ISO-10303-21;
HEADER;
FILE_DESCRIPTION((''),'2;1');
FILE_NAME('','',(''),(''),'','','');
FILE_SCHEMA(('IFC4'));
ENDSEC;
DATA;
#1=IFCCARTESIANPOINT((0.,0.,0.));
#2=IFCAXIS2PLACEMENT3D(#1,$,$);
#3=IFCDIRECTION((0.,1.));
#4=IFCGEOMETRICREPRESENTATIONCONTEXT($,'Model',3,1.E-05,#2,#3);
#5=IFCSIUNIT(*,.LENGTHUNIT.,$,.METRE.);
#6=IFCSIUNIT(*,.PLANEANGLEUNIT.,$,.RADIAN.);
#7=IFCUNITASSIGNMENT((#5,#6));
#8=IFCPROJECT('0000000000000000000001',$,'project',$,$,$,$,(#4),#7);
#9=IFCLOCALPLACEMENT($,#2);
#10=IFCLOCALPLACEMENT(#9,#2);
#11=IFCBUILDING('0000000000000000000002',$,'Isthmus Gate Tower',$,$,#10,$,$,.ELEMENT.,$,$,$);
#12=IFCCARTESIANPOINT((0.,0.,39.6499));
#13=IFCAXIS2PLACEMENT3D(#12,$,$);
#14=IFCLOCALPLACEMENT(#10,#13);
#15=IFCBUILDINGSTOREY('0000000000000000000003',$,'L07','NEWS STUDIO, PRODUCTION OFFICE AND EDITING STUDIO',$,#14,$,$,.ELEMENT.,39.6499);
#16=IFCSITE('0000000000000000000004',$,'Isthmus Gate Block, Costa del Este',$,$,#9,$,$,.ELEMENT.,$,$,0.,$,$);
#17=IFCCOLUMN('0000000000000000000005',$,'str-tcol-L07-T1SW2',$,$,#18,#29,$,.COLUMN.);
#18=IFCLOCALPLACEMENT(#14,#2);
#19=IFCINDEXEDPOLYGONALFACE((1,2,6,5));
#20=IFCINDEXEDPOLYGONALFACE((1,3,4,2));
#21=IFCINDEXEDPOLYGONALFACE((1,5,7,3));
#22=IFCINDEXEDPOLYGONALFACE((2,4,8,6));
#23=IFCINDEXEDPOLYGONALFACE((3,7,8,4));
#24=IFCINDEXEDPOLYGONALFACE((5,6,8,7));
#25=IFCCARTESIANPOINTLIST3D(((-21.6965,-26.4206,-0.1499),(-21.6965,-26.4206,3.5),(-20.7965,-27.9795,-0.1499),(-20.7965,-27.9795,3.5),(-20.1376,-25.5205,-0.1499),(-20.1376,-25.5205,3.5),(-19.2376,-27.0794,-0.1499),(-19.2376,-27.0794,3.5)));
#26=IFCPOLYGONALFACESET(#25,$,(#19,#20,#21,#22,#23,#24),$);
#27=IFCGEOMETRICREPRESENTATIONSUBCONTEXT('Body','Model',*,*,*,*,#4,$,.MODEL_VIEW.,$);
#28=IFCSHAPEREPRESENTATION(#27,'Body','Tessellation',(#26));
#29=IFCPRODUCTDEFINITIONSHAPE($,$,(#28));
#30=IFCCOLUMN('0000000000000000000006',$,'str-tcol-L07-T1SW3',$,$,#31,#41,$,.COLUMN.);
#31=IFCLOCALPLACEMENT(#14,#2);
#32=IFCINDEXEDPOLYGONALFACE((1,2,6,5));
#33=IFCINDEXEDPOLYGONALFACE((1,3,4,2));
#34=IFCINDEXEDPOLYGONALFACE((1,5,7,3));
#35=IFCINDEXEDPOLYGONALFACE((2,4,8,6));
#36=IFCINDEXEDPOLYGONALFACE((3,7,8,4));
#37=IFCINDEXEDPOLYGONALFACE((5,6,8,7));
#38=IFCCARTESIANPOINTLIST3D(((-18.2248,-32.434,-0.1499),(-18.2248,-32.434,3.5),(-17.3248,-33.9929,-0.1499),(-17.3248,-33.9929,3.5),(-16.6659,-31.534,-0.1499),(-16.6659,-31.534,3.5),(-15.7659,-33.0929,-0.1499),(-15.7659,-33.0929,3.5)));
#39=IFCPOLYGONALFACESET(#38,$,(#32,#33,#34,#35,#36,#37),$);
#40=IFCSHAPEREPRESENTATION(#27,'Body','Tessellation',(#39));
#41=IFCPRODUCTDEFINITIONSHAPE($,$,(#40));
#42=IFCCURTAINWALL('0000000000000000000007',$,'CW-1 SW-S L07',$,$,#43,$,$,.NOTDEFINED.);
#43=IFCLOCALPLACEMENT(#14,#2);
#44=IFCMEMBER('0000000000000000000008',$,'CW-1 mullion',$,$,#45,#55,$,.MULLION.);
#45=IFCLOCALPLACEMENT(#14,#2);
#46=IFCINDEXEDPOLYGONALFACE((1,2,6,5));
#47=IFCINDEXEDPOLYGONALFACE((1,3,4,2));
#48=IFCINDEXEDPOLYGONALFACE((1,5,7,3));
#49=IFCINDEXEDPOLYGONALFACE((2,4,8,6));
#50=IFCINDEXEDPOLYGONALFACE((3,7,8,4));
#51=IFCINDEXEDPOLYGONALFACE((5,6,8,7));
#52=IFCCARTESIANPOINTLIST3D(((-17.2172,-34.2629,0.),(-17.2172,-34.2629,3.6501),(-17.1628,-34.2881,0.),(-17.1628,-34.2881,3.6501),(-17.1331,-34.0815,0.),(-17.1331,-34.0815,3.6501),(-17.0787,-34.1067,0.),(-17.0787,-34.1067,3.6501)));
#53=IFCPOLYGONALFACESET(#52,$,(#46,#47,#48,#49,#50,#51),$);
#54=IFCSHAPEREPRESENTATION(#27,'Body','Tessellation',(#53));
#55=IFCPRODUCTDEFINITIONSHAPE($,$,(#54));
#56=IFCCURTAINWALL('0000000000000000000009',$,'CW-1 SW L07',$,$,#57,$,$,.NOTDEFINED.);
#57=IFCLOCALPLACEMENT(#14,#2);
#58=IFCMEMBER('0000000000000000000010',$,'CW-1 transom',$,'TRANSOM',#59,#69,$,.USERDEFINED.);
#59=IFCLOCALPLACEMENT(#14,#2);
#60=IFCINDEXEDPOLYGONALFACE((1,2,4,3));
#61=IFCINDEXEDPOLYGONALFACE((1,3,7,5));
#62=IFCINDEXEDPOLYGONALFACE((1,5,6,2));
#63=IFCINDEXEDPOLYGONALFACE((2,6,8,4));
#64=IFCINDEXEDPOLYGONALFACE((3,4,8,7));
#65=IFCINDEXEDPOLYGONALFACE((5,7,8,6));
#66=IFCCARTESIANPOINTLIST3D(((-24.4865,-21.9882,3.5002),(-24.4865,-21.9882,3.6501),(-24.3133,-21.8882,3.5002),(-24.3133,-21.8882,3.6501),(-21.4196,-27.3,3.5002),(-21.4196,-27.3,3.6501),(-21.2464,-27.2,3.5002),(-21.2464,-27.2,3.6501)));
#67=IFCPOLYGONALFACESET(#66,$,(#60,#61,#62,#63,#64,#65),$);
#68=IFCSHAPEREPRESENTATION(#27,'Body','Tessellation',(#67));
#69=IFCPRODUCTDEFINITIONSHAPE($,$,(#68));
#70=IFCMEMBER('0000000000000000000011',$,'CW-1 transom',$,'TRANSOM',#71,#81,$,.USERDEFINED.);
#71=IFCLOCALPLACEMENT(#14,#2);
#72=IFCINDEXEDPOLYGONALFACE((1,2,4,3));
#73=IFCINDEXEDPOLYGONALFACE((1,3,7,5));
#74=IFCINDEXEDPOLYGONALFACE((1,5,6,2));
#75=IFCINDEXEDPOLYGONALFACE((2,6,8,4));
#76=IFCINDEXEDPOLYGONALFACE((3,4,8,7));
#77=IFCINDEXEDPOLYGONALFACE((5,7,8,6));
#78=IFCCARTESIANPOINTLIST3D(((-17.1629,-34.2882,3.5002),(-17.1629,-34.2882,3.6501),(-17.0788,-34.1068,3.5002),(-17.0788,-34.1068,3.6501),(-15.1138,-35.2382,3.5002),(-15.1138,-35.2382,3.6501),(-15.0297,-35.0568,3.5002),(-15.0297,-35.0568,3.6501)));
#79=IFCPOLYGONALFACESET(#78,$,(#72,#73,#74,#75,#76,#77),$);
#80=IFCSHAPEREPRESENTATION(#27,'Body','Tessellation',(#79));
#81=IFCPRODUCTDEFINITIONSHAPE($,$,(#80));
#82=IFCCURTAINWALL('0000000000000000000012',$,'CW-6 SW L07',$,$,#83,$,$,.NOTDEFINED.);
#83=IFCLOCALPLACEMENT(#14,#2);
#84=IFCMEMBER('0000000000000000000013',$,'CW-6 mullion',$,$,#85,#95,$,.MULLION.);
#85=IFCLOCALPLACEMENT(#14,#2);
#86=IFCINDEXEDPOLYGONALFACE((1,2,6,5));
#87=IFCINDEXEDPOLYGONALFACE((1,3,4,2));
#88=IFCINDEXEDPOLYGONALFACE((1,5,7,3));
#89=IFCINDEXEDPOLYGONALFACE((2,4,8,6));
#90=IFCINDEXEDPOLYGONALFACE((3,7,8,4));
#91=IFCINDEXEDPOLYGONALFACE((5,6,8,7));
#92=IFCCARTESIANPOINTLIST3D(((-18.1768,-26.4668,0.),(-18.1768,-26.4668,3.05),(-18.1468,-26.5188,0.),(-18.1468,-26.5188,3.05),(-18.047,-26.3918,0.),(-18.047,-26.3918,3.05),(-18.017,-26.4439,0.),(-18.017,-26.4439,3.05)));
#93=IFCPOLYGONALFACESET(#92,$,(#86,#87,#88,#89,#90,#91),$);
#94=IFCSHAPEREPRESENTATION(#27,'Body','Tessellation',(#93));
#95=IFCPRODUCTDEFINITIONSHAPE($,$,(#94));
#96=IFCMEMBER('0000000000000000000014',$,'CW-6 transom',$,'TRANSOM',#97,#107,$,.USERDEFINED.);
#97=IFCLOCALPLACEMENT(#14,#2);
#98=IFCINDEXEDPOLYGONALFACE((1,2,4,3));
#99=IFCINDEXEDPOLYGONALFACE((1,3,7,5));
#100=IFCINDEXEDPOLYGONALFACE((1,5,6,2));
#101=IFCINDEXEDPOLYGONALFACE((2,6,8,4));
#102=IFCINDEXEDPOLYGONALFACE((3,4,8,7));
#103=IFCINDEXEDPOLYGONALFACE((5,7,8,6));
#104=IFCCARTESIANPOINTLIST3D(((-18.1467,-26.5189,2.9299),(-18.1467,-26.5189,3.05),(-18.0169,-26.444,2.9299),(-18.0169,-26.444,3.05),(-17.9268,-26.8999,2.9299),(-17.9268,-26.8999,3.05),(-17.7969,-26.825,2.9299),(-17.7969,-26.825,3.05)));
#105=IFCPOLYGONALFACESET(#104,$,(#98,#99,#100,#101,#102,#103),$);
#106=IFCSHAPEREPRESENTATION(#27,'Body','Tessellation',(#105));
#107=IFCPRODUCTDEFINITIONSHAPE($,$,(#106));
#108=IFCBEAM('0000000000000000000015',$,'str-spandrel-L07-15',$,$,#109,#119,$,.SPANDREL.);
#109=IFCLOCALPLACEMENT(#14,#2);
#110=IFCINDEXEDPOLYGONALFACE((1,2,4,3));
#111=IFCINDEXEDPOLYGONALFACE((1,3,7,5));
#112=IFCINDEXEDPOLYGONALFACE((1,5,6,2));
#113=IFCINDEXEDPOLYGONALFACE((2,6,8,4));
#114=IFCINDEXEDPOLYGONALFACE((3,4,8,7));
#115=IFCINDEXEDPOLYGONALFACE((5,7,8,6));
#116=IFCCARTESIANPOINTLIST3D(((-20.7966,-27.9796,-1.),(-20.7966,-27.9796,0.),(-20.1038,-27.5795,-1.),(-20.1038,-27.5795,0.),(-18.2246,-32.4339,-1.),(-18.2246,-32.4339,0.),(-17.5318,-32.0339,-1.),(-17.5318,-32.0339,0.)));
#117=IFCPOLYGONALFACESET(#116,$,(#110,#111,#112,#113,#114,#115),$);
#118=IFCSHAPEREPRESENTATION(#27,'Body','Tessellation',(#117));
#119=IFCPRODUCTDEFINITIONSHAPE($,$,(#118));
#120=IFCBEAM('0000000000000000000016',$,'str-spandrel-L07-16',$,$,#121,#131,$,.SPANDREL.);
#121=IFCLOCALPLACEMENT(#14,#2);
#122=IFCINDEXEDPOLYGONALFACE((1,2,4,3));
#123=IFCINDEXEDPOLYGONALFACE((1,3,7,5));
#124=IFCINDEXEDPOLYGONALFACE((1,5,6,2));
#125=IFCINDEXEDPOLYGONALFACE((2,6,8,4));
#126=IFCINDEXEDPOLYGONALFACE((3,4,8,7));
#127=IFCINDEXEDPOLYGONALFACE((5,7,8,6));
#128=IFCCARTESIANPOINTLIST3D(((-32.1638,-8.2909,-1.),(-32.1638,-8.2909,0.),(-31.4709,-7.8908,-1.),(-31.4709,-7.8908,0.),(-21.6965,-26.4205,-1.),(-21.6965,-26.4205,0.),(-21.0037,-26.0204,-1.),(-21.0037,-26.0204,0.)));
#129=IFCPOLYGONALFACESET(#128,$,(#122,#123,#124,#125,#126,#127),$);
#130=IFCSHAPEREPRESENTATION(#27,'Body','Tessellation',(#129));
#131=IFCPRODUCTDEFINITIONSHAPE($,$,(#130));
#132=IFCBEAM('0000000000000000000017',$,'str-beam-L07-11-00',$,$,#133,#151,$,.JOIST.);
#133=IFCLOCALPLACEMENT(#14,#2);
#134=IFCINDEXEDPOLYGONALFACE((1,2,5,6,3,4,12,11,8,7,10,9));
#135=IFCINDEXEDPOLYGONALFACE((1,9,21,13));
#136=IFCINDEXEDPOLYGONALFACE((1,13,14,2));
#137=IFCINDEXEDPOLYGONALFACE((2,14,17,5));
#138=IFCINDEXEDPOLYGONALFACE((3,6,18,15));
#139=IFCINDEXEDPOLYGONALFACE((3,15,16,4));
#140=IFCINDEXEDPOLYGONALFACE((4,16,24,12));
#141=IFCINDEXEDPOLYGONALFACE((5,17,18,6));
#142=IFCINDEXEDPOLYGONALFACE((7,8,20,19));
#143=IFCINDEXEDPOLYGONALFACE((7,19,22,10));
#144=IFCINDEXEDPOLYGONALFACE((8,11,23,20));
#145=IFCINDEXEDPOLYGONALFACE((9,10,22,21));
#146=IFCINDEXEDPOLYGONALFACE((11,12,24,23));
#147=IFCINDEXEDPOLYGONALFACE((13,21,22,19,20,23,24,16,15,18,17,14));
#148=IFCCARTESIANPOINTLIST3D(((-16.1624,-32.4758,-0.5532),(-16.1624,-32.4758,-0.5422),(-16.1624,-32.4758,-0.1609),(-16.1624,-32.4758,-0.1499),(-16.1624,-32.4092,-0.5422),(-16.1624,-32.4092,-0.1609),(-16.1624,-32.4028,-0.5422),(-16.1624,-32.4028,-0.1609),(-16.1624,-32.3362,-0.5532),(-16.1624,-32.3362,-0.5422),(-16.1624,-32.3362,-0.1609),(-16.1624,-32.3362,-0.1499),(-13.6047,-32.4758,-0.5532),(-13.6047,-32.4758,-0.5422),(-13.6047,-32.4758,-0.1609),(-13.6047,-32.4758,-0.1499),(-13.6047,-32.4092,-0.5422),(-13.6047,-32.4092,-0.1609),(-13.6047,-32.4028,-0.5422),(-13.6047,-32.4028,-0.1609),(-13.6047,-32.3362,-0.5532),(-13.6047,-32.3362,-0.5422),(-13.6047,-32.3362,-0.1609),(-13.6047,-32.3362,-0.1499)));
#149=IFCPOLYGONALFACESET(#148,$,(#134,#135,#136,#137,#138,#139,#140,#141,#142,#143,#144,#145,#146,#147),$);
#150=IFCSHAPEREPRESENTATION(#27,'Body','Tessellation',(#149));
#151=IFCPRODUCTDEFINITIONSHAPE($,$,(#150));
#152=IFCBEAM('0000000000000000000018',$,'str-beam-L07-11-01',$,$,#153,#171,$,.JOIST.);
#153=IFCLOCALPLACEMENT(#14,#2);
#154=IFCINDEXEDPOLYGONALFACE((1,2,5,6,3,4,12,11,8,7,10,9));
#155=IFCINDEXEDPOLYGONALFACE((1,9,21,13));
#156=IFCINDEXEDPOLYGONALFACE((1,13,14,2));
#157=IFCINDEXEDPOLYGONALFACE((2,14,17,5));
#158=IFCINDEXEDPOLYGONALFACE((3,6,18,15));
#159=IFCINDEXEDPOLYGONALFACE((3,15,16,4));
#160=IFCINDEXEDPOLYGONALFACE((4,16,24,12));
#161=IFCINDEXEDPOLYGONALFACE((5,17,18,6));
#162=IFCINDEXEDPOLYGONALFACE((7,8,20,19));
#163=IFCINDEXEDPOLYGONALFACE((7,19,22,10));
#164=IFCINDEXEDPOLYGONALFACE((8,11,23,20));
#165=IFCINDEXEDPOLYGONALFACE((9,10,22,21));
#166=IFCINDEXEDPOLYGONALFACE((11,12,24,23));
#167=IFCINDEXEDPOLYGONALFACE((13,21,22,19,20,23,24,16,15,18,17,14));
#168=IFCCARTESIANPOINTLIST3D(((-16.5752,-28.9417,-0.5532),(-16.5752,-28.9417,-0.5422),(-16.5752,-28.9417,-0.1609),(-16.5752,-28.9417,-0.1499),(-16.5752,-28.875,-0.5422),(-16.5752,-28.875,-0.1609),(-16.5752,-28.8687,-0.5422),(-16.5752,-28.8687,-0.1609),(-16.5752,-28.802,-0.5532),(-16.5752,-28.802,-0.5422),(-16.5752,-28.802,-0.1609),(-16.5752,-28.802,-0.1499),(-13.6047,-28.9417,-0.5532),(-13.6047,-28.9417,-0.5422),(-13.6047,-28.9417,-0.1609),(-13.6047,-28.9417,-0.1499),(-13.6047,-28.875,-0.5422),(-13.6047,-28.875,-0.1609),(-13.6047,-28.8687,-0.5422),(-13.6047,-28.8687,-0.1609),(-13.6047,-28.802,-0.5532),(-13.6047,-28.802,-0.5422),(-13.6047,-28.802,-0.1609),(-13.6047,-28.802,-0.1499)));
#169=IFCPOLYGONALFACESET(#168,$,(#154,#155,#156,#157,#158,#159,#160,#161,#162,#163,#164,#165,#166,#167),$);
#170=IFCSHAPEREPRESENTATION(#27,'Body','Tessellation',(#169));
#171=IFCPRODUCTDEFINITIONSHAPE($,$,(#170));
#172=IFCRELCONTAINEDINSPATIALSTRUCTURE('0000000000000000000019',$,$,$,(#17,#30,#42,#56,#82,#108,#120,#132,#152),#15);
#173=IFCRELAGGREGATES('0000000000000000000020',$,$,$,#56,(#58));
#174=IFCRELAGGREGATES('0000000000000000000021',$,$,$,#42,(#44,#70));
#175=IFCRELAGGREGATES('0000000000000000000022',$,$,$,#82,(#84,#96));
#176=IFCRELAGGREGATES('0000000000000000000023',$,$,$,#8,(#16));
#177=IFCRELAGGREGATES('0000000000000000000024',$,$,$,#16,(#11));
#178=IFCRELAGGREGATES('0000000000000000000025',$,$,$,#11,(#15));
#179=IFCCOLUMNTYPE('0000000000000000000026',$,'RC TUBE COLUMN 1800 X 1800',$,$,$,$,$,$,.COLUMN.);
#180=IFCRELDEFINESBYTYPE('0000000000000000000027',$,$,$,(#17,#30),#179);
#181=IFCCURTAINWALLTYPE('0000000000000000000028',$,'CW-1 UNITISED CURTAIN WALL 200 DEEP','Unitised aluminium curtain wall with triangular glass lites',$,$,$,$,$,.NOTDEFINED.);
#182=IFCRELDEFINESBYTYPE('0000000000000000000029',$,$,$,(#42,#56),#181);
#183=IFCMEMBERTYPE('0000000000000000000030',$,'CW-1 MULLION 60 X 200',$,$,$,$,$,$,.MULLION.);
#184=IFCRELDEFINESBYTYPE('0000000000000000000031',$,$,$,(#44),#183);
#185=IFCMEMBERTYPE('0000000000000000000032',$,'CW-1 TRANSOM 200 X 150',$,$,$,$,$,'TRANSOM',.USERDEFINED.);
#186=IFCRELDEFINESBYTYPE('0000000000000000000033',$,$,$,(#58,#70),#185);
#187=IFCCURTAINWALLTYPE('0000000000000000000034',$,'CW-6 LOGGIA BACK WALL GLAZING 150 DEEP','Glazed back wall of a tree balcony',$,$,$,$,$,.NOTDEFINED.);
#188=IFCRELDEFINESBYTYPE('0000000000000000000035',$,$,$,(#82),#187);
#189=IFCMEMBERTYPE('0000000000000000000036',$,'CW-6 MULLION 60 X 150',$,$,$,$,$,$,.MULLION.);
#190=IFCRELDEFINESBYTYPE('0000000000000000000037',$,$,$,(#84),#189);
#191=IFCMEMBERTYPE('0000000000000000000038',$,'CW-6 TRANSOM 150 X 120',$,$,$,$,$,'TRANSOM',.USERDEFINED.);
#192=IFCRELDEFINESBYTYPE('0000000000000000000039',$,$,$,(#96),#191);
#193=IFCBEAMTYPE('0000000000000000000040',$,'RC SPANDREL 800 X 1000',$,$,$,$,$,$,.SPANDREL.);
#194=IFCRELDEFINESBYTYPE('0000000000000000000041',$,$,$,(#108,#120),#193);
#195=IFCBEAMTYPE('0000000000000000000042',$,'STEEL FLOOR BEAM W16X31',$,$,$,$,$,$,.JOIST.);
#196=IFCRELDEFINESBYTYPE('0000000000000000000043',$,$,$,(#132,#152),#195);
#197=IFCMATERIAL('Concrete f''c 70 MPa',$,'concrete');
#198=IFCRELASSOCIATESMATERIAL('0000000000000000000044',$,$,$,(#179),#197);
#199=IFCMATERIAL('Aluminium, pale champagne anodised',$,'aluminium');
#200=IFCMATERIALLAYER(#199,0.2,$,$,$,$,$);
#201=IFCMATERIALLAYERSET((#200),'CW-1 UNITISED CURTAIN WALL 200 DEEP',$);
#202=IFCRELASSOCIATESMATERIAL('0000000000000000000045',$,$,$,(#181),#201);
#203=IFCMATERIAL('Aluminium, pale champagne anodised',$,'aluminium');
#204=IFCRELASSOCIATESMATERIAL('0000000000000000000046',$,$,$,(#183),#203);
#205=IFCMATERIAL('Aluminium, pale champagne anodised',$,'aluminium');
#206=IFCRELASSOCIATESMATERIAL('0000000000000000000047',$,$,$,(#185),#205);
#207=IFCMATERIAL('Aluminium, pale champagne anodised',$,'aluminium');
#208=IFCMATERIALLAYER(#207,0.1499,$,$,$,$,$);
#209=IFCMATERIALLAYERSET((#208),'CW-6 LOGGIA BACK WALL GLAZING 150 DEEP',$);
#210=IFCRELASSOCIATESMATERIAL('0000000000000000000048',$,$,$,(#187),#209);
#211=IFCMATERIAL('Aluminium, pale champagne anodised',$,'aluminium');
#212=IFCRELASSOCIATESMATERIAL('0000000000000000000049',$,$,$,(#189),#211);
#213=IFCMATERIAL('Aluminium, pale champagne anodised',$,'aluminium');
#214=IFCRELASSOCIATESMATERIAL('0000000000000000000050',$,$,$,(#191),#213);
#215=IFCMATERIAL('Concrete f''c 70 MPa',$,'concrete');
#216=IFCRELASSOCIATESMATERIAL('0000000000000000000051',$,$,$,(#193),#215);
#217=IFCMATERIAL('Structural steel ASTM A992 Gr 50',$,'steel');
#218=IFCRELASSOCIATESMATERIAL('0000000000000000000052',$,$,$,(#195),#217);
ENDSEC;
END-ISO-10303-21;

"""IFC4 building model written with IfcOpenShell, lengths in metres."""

from ifc_helpers import new_model, si_unit, direction, frame, origin, origin_2d, place, context, subcontext, project, spatial, rectangle, i_section, extrude, material, layer, layer_set, material_profile, profile_set, type_object, element, aggregate, save


model = new_model("IFC4")

# Units and contexts
model_context = context("Model", 3, precision=1e-05, world=origin(), true_north=direction((0.0, 1.0)))
body_context = subcontext(model_context, "Body", "Model", "MODEL_VIEW")
ifc_project = project(units=[si_unit("LENGTHUNIT", "METRE"), si_unit("PLANEANGLEUNIT", "RADIAN")], contexts=[model_context])

# Site, building, storey
site_placement = place(None, origin())
site = spatial("IfcSite", under=ifc_project, at=site_placement, Name="Isthmus Gate Block, Costa del Este", CompositionType="ELEMENT", RefElevation=0.0)
building_placement = place(site_placement, origin())
building = spatial("IfcBuilding", under=site, at=building_placement, Name="Isthmus Gate Tower", CompositionType="ELEMENT")
storey_placement = place(building_placement, frame((0.0, 0.0, 39.6499)))
storey = spatial("IfcBuildingStorey", under=building, at=storey_placement, Name="L07", Description="NEWS STUDIO, PRODUCTION OFFICE AND EDITING STUDIO", CompositionType="ELEMENT", Elevation=39.6499)

# Columns
ifc_material_1 = material(Name="Concrete f'c 70 MPa", Category="concrete")
ifc_material_profile_1 = material_profile(ifc_material_1, rectangle(XDim=1.8, YDim=1.8, at=origin_2d()), Name="RC 1800X1800")
ifc_profile_set_1 = profile_set([ifc_material_profile_1], Name="Concrete f'c 70 MPa")
column_type = type_object("IfcColumnType", Name="RC TUBE COLUMN 1800 X 1800", PredefinedType="COLUMN", material=ifc_profile_set_1)
for number, where, z_axis, x_axis, name in (
    (1, (-20.467, -26.75, -0.1499), (0.0, 0.0, 1.0), (0.5, -0.866025, 0.0), "str-tcol-L07-T1SW2"),
    (2, (-16.9954, -32.7634, -0.1499), (0.0, 0.0, 1.0), (0.5, -0.866025, 0.0), "str-tcol-L07-T1SW3"),
):
    element("IfcColumn", number, at=place(storey_placement, frame(where, z_axis=z_axis, x_axis=x_axis)), inside=storey, type_object=column_type, Name=name, PredefinedType="COLUMN", context=body_context, shape_type="SweptSolid", body=[
        extrude(rectangle(XDim=1.8, YDim=1.8, at=origin_2d()), origin(), (0.0, 0.0, 1.0), 3.6499),
    ])

# Curtain walls, members
ifc_material_2 = material(Name="Aluminium, pale champagne anodised", Category="aluminium")
ifc_layer_1 = layer(ifc_material_2, 0.2)
ifc_layer_set_1 = layer_set([ifc_layer_1], Name="CW-1 UNITISED CURTAIN WALL 200 DEEP")
curtain_wall_type_1 = type_object("IfcCurtainWallType", Name="CW-1 UNITISED CURTAIN WALL 200 DEEP", Description="Unitised aluminium curtain wall with triangular glass lites", PredefinedType="NOTDEFINED", material=ifc_layer_set_1)
curtain_wall_1_placement = place(storey_placement, origin())
curtain_wall_1 = element("IfcCurtainWall", 3, at=curtain_wall_1_placement, inside=storey, type_object=curtain_wall_type_1, Name="CW-1 SW-S L07", PredefinedType="NOTDEFINED")
ifc_material_3 = material(Name="Aluminium, pale champagne anodised", Category="aluminium")
ifc_material_profile_2 = material_profile(ifc_material_3, rectangle(XDim=0.0601, YDim=0.2, at=origin_2d()), Name="60x200")
ifc_profile_set_2 = profile_set([ifc_material_profile_2], Name="Aluminium, pale champagne anodised")
member_type_1 = type_object("IfcMemberType", Name="CW-1 MULLION 60 X 200", PredefinedType="MULLION", material=ifc_profile_set_2)
member_1_placement = place(storey_placement, frame((-17.1479, -34.1848, 0.0), z_axis=(0.0, 0.0, 1.0), x_axis=(0.907256, -0.420578, 0.0)))
member_1 = element("IfcMember", 4, at=member_1_placement, type_object=member_type_1, Name="CW-1 mullion", PredefinedType="MULLION", context=body_context, shape_type="SweptSolid", body=[
    extrude(rectangle(XDim=0.0601, YDim=0.2, at=origin_2d()), origin(), (0.0, 0.0, 1.0), 3.6501),
])
curtain_wall_2_placement = place(storey_placement, origin())
curtain_wall_2 = element("IfcCurtainWall", 5, at=curtain_wall_2_placement, inside=storey, type_object=curtain_wall_type_1, Name="CW-1 SW L07", PredefinedType="NOTDEFINED")
ifc_material_4 = material(Name="Aluminium, pale champagne anodised", Category="aluminium")
ifc_material_profile_3 = material_profile(ifc_material_4, rectangle(XDim=0.2, YDim=0.1499, at=origin_2d()), Name="200x150")
ifc_profile_set_3 = profile_set([ifc_material_profile_3], Name="Aluminium, pale champagne anodised")
member_type_2 = type_object("IfcMemberType", Name="CW-1 TRANSOM 200 X 150", ElementType="TRANSOM", PredefinedType="USERDEFINED", material=ifc_profile_set_3)
member_2_placement = place(storey_placement, frame((-24.3999, -21.9382, 3.5752), z_axis=(0.500018, -0.866015, 0.0), x_axis=(0.866015, 0.500018, 0.0)))
member_2 = element("IfcMember", 6, at=member_2_placement, type_object=member_type_2, Name="CW-1 transom", ObjectType="TRANSOM", PredefinedType="USERDEFINED", context=body_context, shape_type="SweptSolid", body=[
    extrude(rectangle(XDim=0.2, YDim=0.1499, at=origin_2d()), origin(), (0.0, 0.0, 1.0), 6.1335),
])

# Member
member_3_placement = place(storey_placement, frame((-17.1208, -34.1975, 3.5752), z_axis=(0.907246, -0.4206, 0.0), x_axis=(0.4206, 0.907246, 0.0)))
member_3 = element("IfcMember", 7, at=member_3_placement, type_object=member_type_2, Name="CW-1 transom", ObjectType="TRANSOM", PredefinedType="USERDEFINED", context=body_context, shape_type="SweptSolid", body=[
    extrude(rectangle(XDim=0.2, YDim=0.1499, at=origin_2d()), origin(), (0.0, 0.0, 1.0), 2.2585),
])

# Curtain wall, members
ifc_material_5 = material(Name="Aluminium, pale champagne anodised", Category="aluminium")
ifc_layer_2 = layer(ifc_material_5, 0.1499)
ifc_layer_set_2 = layer_set([ifc_layer_2], Name="CW-6 LOGGIA BACK WALL GLAZING 150 DEEP")
curtain_wall_type_2 = type_object("IfcCurtainWallType", Name="CW-6 LOGGIA BACK WALL GLAZING 150 DEEP", Description="Glazed back wall of a tree balcony", PredefinedType="NOTDEFINED", material=ifc_layer_set_2)
curtain_wall_3_placement = place(storey_placement, origin())
curtain_wall_3 = element("IfcCurtainWall", 8, at=curtain_wall_3_placement, inside=storey, type_object=curtain_wall_type_2, Name="CW-6 SW L07", PredefinedType="NOTDEFINED")
ifc_material_6 = material(Name="Aluminium, pale champagne anodised", Category="aluminium")
ifc_material_profile_4 = material_profile(ifc_material_6, rectangle(XDim=0.0601, YDim=0.1499, at=origin_2d()), Name="60x150")
ifc_profile_set_4 = profile_set([ifc_material_profile_4], Name="Aluminium, pale champagne anodised")
member_type_3 = type_object("IfcMemberType", Name="CW-6 MULLION 60 X 150", PredefinedType="MULLION", material=ifc_profile_set_4)
member_4_placement = place(storey_placement, frame((-18.0969, -26.4553, 0.0), z_axis=(0.0, 0.0, 1.0), x_axis=(0.5, -0.866025, 0.0)))
member_4 = element("IfcMember", 9, at=member_4_placement, type_object=member_type_3, Name="CW-6 mullion", PredefinedType="MULLION", context=body_context, shape_type="SweptSolid", body=[
    extrude(rectangle(XDim=0.0601, YDim=0.1499, at=origin_2d()), origin(), (0.0, 0.0, 1.0), 3.05),
])
ifc_material_7 = material(Name="Aluminium, pale champagne anodised", Category="aluminium")
ifc_material_profile_5 = material_profile(ifc_material_7, rectangle(XDim=0.1499, YDim=0.1201, at=origin_2d()), Name="150x120")
ifc_profile_set_5 = profile_set([ifc_material_profile_5], Name="Aluminium, pale champagne anodised")
member_type_4 = type_object("IfcMemberType", Name="CW-6 TRANSOM 150 X 120", ElementType="TRANSOM", PredefinedType="USERDEFINED", material=ifc_profile_set_5)
member_5_placement = place(storey_placement, frame((-18.0818, -26.4814, 2.99), z_axis=(0.499899, -0.866084, 0.0), x_axis=(0.866084, 0.499899, 0.0)))
member_5 = element("IfcMember", 10, at=member_5_placement, type_object=member_type_4, Name="CW-6 transom", ObjectType="TRANSOM", PredefinedType="USERDEFINED", context=body_context, shape_type="SweptSolid", body=[
    extrude(rectangle(XDim=0.1499, YDim=0.1201, at=origin_2d()), origin(), (0.0, 0.0, 1.0), 0.4399),
])

# Beams
ifc_material_8 = material(Name="Concrete f'c 70 MPa", Category="concrete")
ifc_material_profile_6 = material_profile(ifc_material_8, rectangle(XDim=0.8, YDim=1.0, at=origin_2d()), Name="RC 800X1000")
ifc_profile_set_6 = profile_set([ifc_material_profile_6], Name="Concrete f'c 70 MPa")
beam_type_1 = type_object("IfcBeamType", Name="RC SPANDREL 800 X 1000", PredefinedType="SPANDREL", material=ifc_profile_set_6)
beam_1_placement = place(storey_placement, frame((-17.8782, -32.2339, -0.5), z_axis=(-0.500044, 0.866, 0.0), x_axis=(-0.866, -0.500044, 0.0)))
element("IfcBeam", 11, at=beam_1_placement, inside=storey, type_object=beam_type_1, Name="str-spandrel-L07-15", PredefinedType="SPANDREL", context=body_context, shape_type="SweptSolid", body=[
    extrude(rectangle(XDim=0.8, YDim=1.0, at=origin_2d()), origin(), (0.0, 0.0, 1.0), 5.1436),
])
beam_2_placement = place(storey_placement, frame((-21.3501, -26.2205, -0.5), z_axis=(-0.500005, 0.866023, 0.0), x_axis=(-0.866023, -0.500005, 0.0)))
element("IfcBeam", 12, at=beam_2_placement, inside=storey, type_object=beam_type_1, Name="str-spandrel-L07-16", PredefinedType="SPANDREL", context=body_context, shape_type="SweptSolid", body=[
    extrude(rectangle(XDim=0.8, YDim=1.0, at=origin_2d()), origin(), (0.0, 0.0, 1.0), 20.9343),
])
ifc_material_9 = material(Name="Structural steel ASTM A992 Gr 50", Category="steel")
ifc_material_profile_7 = material_profile(ifc_material_9, i_section(OverallWidth=0.1396, OverallDepth=0.4033, WebThickness=0.0063, FlangeThickness=0.011, at=origin_2d()), Name="W16X31")
ifc_profile_set_7 = profile_set([ifc_material_profile_7], Name="Structural steel ASTM A992 Gr 50")
beam_type_2 = type_object("IfcBeamType", Name="STEEL FLOOR BEAM W16X31", PredefinedType="JOIST", material=ifc_profile_set_7)
beam_3_placement = place(storey_placement, frame((-16.1624, -32.406, -0.3516), z_axis=(1.0, 0.0, 0.0), x_axis=(0.0, 1.0, 0.0)))
element("IfcBeam", 13, at=beam_3_placement, inside=storey, type_object=beam_type_2, Name="str-beam-L07-11-00", PredefinedType="JOIST", context=body_context, shape_type="SweptSolid", body=[
    extrude(i_section(OverallWidth=0.1396, OverallDepth=0.4033, WebThickness=0.0063, FlangeThickness=0.011, at=origin_2d()), origin(), (0.0, 0.0, 1.0), 2.5576),
])
beam_4_placement = place(storey_placement, frame((-16.5752, -28.8718, -0.3516), z_axis=(1.0, 0.0, 0.0), x_axis=(0.0, 1.0, 0.0)))
element("IfcBeam", 14, at=beam_4_placement, inside=storey, type_object=beam_type_2, Name="str-beam-L07-11-01", PredefinedType="JOIST", context=body_context, shape_type="SweptSolid", body=[
    extrude(i_section(OverallWidth=0.1396, OverallDepth=0.4033, WebThickness=0.0063, FlangeThickness=0.011, at=origin_2d()), origin(), (0.0, 0.0, 1.0), 2.9705),
])

aggregate(curtain_wall_2, [member_2])
aggregate(curtain_wall_1, [member_1, member_3])
aggregate(curtain_wall_3, [member_4, member_5])

save(model, "model.ifc")
